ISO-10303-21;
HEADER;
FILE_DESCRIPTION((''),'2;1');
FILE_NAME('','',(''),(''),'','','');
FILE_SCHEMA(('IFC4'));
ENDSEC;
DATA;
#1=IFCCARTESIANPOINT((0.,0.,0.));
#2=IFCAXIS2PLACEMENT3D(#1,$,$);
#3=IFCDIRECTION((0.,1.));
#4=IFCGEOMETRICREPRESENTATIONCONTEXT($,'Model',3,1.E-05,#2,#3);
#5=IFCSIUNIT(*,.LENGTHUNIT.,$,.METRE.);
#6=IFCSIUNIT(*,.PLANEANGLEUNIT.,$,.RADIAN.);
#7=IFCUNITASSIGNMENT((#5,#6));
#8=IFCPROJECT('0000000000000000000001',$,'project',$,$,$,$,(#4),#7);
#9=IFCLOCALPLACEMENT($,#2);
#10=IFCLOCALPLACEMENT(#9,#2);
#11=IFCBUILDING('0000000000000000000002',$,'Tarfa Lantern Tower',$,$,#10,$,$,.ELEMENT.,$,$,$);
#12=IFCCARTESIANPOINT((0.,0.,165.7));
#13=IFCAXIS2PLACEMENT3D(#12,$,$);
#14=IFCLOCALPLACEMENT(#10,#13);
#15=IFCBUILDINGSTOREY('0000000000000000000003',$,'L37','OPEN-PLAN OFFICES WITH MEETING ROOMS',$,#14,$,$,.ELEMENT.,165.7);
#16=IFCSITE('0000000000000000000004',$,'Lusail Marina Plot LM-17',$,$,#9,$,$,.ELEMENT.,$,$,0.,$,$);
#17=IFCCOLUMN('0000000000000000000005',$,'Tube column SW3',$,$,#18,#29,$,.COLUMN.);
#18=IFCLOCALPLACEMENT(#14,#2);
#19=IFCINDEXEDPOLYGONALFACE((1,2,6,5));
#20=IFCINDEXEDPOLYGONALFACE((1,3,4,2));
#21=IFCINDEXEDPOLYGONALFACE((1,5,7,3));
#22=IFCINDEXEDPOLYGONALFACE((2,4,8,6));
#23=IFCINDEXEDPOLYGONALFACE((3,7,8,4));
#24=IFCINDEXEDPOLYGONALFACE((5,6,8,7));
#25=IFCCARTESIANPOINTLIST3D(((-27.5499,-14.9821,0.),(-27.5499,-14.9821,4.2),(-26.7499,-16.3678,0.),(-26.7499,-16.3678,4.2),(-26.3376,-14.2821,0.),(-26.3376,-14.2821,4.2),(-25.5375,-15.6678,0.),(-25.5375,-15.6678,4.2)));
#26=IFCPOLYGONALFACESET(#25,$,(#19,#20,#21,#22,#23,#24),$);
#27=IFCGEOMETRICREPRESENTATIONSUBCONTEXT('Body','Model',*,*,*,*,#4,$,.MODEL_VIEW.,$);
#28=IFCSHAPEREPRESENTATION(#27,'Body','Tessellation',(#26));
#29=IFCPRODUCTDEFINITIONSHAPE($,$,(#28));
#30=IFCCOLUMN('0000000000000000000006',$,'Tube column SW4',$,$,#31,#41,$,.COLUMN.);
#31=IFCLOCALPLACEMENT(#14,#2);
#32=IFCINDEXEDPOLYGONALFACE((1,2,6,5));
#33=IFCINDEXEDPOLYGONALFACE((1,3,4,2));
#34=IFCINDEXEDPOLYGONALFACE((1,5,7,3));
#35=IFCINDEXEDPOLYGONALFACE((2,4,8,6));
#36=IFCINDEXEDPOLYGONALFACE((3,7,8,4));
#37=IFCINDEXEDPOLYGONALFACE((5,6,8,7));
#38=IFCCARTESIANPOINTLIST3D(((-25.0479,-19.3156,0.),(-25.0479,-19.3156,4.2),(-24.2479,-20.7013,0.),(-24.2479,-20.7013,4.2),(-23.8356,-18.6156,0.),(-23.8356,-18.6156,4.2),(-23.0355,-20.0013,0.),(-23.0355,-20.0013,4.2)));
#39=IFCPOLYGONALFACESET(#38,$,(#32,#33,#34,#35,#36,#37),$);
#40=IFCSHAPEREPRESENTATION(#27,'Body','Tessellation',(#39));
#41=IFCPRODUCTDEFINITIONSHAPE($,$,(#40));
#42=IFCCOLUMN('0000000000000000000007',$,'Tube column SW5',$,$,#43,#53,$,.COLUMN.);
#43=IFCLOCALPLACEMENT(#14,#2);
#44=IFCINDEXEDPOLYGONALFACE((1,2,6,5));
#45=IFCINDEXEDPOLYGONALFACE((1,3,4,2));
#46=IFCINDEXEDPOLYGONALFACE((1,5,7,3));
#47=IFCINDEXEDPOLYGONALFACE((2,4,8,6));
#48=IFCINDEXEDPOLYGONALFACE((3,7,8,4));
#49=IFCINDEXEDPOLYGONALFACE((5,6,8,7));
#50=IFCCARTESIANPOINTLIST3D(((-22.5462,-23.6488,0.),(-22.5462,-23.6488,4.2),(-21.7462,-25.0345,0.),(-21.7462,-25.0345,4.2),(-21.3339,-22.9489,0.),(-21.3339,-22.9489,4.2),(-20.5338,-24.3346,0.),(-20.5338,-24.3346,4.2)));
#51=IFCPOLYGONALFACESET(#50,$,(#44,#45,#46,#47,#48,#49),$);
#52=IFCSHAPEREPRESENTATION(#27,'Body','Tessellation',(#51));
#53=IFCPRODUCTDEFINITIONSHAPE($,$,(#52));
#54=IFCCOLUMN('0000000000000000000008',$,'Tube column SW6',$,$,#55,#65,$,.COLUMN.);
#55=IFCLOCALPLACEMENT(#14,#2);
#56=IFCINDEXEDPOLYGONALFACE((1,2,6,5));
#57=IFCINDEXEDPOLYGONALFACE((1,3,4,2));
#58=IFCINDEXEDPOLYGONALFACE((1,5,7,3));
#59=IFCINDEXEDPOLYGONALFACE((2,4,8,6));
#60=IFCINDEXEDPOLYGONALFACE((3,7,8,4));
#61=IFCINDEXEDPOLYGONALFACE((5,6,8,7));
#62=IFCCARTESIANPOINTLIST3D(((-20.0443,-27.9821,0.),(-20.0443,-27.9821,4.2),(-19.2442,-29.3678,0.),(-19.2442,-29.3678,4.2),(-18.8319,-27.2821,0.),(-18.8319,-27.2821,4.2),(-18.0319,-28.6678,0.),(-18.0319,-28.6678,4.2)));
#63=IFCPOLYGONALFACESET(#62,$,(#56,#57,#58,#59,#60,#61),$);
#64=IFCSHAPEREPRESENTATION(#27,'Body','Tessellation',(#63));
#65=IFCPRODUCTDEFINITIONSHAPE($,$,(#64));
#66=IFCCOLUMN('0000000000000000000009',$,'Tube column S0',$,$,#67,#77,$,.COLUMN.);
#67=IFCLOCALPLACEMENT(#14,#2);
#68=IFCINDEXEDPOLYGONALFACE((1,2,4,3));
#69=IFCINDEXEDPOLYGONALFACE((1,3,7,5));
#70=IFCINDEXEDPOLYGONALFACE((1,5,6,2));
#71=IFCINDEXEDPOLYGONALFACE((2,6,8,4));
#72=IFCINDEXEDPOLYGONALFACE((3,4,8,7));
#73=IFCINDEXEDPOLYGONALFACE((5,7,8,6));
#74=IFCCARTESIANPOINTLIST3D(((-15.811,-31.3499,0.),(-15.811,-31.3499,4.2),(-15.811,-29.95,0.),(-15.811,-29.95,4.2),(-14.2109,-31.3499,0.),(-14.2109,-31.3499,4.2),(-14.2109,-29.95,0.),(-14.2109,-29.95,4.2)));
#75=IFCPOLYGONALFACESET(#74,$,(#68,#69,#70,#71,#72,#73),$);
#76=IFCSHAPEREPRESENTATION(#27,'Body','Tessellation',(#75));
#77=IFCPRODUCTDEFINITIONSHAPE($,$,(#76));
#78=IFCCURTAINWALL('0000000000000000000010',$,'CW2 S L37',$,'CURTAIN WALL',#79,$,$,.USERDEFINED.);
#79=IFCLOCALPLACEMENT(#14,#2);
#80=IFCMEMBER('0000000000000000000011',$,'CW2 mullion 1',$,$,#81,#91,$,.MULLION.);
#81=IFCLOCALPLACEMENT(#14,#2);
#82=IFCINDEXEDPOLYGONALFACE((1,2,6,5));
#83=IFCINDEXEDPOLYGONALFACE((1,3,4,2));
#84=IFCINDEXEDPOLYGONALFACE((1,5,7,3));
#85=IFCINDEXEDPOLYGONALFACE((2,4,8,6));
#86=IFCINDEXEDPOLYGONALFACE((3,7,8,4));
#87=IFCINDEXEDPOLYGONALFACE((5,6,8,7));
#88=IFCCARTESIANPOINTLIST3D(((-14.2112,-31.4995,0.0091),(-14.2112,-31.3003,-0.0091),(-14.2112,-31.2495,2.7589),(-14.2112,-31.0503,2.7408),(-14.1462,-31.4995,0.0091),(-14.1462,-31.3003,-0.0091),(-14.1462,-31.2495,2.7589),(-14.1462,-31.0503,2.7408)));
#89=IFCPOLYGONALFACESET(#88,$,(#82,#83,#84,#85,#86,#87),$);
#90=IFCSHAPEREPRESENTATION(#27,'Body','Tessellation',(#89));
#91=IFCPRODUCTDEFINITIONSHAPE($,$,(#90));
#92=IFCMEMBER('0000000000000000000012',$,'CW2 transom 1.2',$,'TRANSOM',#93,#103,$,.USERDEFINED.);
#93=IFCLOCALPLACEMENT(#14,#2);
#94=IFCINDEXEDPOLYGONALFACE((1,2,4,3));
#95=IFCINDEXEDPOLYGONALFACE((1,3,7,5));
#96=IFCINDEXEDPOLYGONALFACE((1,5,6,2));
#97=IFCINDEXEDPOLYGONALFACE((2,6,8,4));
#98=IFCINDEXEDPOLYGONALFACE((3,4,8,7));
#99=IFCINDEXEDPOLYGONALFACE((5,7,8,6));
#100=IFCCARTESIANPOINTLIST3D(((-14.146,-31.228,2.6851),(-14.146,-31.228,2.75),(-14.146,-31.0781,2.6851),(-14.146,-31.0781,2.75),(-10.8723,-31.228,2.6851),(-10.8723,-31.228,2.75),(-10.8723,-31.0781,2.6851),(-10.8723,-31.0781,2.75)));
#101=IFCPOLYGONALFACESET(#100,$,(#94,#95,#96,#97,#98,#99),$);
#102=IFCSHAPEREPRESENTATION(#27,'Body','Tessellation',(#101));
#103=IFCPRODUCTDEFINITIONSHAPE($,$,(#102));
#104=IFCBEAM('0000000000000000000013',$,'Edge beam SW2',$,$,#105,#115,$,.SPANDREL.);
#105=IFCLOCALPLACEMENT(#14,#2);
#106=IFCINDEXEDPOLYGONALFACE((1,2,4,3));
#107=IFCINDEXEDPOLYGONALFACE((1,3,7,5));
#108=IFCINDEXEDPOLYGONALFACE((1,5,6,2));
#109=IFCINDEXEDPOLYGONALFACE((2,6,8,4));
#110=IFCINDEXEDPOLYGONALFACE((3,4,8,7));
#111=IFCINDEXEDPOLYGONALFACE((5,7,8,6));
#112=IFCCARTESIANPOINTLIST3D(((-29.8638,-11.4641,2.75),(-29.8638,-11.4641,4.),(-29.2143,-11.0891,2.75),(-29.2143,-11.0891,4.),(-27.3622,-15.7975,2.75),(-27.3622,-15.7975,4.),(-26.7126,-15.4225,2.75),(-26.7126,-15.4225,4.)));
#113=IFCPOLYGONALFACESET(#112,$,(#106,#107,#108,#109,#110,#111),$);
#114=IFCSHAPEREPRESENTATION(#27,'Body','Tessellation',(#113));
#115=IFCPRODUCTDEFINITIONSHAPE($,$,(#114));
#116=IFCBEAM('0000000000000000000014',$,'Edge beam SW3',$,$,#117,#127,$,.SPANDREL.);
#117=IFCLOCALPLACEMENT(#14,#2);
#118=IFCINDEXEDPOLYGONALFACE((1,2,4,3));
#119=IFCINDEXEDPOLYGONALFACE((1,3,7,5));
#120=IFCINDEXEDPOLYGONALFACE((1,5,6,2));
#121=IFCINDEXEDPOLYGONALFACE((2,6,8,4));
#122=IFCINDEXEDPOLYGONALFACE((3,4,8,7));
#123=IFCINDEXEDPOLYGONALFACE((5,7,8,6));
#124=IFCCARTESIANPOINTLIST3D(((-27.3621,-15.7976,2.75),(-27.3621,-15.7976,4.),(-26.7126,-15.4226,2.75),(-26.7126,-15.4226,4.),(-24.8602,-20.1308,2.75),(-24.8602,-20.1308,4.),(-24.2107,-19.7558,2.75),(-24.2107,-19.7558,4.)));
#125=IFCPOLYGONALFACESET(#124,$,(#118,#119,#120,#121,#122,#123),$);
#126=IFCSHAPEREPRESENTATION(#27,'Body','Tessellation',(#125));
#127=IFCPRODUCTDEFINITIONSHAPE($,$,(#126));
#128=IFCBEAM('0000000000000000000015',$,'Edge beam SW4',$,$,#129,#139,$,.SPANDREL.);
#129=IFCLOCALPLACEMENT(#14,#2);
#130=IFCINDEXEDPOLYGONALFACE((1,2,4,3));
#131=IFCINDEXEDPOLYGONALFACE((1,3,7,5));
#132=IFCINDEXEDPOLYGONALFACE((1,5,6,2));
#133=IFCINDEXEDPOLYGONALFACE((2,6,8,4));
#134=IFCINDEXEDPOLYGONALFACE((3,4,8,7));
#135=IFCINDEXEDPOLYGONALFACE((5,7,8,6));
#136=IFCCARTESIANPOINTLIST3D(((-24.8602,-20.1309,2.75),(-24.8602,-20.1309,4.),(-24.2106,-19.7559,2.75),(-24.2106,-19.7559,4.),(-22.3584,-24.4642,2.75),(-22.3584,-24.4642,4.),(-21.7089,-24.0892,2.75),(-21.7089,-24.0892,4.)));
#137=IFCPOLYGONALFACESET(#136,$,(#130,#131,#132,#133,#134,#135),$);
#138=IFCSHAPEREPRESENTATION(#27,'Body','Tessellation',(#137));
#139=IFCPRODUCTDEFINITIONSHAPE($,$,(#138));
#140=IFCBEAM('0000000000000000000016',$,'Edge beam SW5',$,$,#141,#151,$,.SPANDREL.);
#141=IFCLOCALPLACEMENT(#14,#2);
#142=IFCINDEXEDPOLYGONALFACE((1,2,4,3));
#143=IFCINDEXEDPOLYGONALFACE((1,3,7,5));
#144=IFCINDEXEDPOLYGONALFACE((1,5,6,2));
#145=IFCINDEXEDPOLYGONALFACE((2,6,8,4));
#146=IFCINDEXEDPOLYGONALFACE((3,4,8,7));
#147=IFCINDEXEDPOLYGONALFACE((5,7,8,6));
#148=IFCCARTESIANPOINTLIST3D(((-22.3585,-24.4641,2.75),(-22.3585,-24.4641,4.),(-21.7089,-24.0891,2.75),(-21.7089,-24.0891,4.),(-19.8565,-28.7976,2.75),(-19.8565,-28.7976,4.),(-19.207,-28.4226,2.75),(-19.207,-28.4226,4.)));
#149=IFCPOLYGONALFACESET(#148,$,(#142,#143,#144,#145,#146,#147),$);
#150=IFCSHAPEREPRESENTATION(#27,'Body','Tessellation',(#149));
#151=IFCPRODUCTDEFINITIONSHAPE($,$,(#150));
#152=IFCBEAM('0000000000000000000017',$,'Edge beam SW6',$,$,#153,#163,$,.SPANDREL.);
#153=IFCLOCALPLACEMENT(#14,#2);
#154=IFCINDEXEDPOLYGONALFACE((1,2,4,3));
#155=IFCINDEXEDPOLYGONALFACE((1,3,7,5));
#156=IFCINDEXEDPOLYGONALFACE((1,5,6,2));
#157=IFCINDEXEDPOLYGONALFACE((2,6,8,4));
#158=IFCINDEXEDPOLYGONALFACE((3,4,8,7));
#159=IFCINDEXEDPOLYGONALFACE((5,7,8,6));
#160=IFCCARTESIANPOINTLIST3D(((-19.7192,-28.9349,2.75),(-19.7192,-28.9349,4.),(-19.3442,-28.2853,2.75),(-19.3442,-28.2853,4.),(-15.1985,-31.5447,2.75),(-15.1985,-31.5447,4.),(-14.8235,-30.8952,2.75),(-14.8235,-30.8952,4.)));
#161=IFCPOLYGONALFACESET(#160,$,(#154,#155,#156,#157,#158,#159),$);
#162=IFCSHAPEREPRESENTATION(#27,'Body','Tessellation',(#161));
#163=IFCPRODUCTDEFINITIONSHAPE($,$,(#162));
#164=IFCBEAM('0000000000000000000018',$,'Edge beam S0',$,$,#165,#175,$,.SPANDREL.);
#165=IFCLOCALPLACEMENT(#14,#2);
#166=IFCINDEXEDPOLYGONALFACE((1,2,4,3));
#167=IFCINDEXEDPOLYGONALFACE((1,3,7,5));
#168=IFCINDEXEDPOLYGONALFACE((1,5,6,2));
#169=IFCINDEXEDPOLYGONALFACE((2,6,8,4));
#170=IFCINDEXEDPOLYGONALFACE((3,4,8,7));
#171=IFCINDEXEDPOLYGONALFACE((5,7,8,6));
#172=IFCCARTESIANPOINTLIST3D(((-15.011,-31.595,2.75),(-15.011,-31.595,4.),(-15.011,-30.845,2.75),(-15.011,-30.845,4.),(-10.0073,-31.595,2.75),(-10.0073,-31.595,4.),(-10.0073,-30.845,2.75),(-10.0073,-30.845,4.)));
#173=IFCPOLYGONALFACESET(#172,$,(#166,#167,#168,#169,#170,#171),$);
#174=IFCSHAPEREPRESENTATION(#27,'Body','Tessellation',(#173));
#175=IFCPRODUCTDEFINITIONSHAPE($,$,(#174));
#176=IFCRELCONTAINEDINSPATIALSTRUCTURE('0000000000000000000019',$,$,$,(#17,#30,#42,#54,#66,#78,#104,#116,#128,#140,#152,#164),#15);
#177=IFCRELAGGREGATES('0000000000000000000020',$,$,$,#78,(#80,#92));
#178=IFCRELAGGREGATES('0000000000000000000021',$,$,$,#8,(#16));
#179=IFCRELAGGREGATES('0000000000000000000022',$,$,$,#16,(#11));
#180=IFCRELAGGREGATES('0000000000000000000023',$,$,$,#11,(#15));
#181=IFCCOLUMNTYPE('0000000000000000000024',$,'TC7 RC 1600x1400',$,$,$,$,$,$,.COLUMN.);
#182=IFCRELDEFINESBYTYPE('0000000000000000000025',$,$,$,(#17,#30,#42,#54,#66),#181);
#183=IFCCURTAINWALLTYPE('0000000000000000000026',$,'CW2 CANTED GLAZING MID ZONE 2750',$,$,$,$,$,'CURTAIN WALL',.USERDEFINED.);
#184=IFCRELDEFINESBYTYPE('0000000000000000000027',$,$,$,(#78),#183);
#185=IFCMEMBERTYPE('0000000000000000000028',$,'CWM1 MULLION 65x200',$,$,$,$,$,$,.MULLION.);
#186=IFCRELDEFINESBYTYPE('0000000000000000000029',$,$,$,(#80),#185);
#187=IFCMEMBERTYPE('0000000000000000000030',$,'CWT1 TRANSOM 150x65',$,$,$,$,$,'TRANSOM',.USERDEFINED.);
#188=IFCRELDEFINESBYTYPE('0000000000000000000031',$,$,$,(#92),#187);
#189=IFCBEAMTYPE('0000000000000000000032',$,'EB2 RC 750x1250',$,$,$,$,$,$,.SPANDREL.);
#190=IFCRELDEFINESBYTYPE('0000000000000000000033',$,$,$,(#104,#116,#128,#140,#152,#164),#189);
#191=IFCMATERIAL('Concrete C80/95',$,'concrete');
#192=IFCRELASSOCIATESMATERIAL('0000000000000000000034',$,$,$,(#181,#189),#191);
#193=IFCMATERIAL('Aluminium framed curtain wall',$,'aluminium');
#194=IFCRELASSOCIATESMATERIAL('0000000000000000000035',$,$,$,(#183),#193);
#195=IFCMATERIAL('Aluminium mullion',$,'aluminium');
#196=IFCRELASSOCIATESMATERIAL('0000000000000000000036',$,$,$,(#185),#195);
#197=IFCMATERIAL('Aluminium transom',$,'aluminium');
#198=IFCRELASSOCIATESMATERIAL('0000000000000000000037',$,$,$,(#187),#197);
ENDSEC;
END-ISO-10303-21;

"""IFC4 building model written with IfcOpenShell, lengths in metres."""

from ifc_helpers import new_model, si_unit, direction, frame, origin, origin_2d, place, context, subcontext, project, spatial, rectangle, extrude, material, material_profile, profile_set, type_object, element, aggregate, save


model = new_model("IFC4")

# Units and contexts
model_context = context("Model", 3, precision=1e-05, world=origin(), true_north=direction((0.0, 1.0)))
body_context = subcontext(model_context, "Body", "Model", "MODEL_VIEW")
ifc_project = project(units=[si_unit("LENGTHUNIT", "METRE"), si_unit("PLANEANGLEUNIT", "RADIAN")], contexts=[model_context])

# Site, building, storey
site_placement = place(None, origin())
site = spatial("IfcSite", under=ifc_project, at=site_placement, Name="Lusail Marina Plot LM-17", CompositionType="ELEMENT", RefElevation=0.0)
building_placement = place(site_placement, origin())
building = spatial("IfcBuilding", under=site, at=building_placement, Name="Tarfa Lantern Tower", CompositionType="ELEMENT")
storey_placement = place(building_placement, frame((0.0, 0.0, 165.7)))
storey = spatial("IfcBuildingStorey", under=building, at=storey_placement, Name="L37", Description="OPEN-PLAN OFFICES WITH MEETING ROOMS", CompositionType="ELEMENT", Elevation=165.7)

# Columns
ifc_material_1 = material(Name="Concrete C80/95", Category="concrete")
ifc_material_profile_1 = material_profile(ifc_material_1, rectangle(XDim=1.6001, YDim=1.3999, at=origin_2d()), Name="RC 1600x1400")
ifc_profile_set_1 = profile_set([ifc_material_profile_1], Name="Concrete C80/95")
column_type = type_object("IfcColumnType", Name="TC7 RC 1600x1400", PredefinedType="COLUMN", material=ifc_profile_set_1)
for number, where, z_axis, x_axis, name in (
    (1, (-26.5437, -15.325, 0.0), (0.0, 0.0, 1.0), (0.5, -0.866025, 0.0), "Tube column SW3"),
    (2, (-24.0417, -19.6584, 0.0), (0.0, 0.0, 1.0), (0.5, -0.866025, 0.0), "Tube column SW4"),
    (3, (-21.54, -23.9917, 0.0), (0.0, 0.0, 1.0), (0.5, -0.866025, 0.0), "Tube column SW5"),
    (4, (-19.0381, -28.325, 0.0), (0.0, 0.0, 1.0), (0.5, -0.866025, 0.0), "Tube column SW6"),
    (5, (-15.011, -30.6499, 0.0), (0.0, 0.0, 1.0), (1.0, 0.0, 0.0), "Tube column S0"),
):
    element("IfcColumn", number, at=place(storey_placement, frame(where, z_axis=z_axis, x_axis=x_axis)), inside=storey, type_object=column_type, Name=name, PredefinedType="COLUMN", context=body_context, shape_type="SweptSolid", body=[
        extrude(rectangle(XDim=1.6001, YDim=1.3999, at=origin_2d()), origin(), (0.0, 0.0, 1.0), 4.2),
    ])

# Curtain wall, members
ifc_material_2 = material(Name="Aluminium framed curtain wall", Category="aluminium")
curtain_wall_type = type_object("IfcCurtainWallType", Name="CW2 CANTED GLAZING MID ZONE 2750", ElementType="CURTAIN WALL", PredefinedType="USERDEFINED", material=ifc_material_2)
curtain_wall_placement = place(storey_placement, origin())
curtain_wall = element("IfcCurtainWall", 6, at=curtain_wall_placement, inside=storey, type_object=curtain_wall_type, Name="CW2 S L37", ObjectType="CURTAIN WALL", PredefinedType="USERDEFINED")
ifc_material_3 = material(Name="Aluminium mullion", Category="aluminium")
ifc_material_profile_2 = material_profile(ifc_material_3, rectangle(XDim=0.0649, YDim=0.2, at=origin_2d()), Name="AL MULLION 65x200")
ifc_profile_set_2 = profile_set([ifc_material_profile_2], Name="Aluminium mullion")
member_type_1 = type_object("IfcMemberType", Name="CWM1 MULLION 65x200", PredefinedType="MULLION", material=ifc_profile_set_2)
member_1_placement = place(storey_placement, frame((-14.1787, -31.3999, 0.0), z_axis=(0.0, 0.090536, 0.995893), x_axis=(-1.0, 0.0, 0.0)))
member_1 = element("IfcMember", 7, at=member_1_placement, type_object=member_type_1, Name="CW2 mullion 1", PredefinedType="MULLION", context=body_context, shape_type="SweptSolid", body=[
    extrude(rectangle(XDim=0.0649, YDim=0.2, at=origin_2d()), origin(), (0.0, 0.0, 1.0), 2.7612),
])
ifc_material_4 = material(Name="Aluminium transom", Category="aluminium")
ifc_material_profile_3 = material_profile(ifc_material_4, rectangle(XDim=0.1499, YDim=0.0649, at=origin_2d()), Name="AL TRANSOM 150x65")
ifc_profile_set_3 = profile_set([ifc_material_profile_3], Name="Aluminium transom")
member_type_2 = type_object("IfcMemberType", Name="CWT1 TRANSOM 150x65", ElementType="TRANSOM", PredefinedType="USERDEFINED", material=ifc_profile_set_3)
member_2_placement = place(storey_placement, frame((-14.146, -31.1531, 2.7175), z_axis=(1.0, 0.0, 0.0), x_axis=(0.0, 1.0, 0.0)))
member_2 = element("IfcMember", 8, at=member_2_placement, type_object=member_type_2, Name="CW2 transom 1.2", ObjectType="TRANSOM", PredefinedType="USERDEFINED", context=body_context, shape_type="SweptSolid", body=[
    extrude(rectangle(XDim=0.1499, YDim=0.0649, at=origin_2d()), origin(), (0.0, 0.0, 1.0), 3.2737),
])

# Beams
ifc_material_profile_4 = material_profile(ifc_material_1, rectangle(XDim=0.75, YDim=1.25, at=origin_2d()), Name="RC 750x1250")
ifc_profile_set_4 = profile_set([ifc_material_profile_4], Name="Concrete C80/95")
beam_type_1 = type_object("IfcBeamType", Name="EB2 RC 750x1250", PredefinedType="SPANDREL", material=ifc_profile_set_4)
for number, where, z_axis, x_axis, name in (
    (9, (-29.5391, -11.2766, 3.375), (0.499965, -0.866046, 0.0), (0.866046, 0.499965, 0.0), "Edge beam SW2"),
    (10, (-27.0374, -15.6101, 3.375), (0.500022, -0.866013, 0.0), (0.866013, 0.500022, 0.0), "Edge beam SW3"),
    (11, (-24.5354, -19.9434, 3.375), (0.499986, -0.866034, 0.0), (0.866034, 0.499986, 0.0), "Edge beam SW4"),
):
    element("IfcBeam", number, at=place(storey_placement, frame(where, z_axis=z_axis, x_axis=x_axis)), inside=storey, type_object=beam_type_1, Name=name, PredefinedType="SPANDREL", context=body_context, shape_type="SweptSolid", body=[
        extrude(rectangle(XDim=0.75, YDim=1.25, at=origin_2d()), origin(), (0.0, 0.0, 1.0), 5.0037),
    ])
beam_1_placement = place(storey_placement, frame((-22.0337, -24.2766, 3.375), z_axis=(0.500001, -0.866025, 0.0), x_axis=(0.866025, 0.500001, 0.0)))
element("IfcBeam", 12, at=beam_1_placement, inside=storey, type_object=beam_type_1, Name="Edge beam SW5", PredefinedType="SPANDREL", context=body_context, shape_type="SweptSolid", body=[
    extrude(rectangle(XDim=0.75, YDim=1.25, at=origin_2d()), origin(), (0.0, 0.0, 1.0), 5.0039),
])
beam_2_placement = place(storey_placement, frame((-19.5317, -28.6101, 3.375), z_axis=(0.866042, -0.499972, 0.0), x_axis=(0.499972, 0.866042, 0.0)))
element("IfcBeam", 13, at=beam_2_placement, inside=storey, type_object=beam_type_1, Name="Edge beam SW6", PredefinedType="SPANDREL", context=body_context, shape_type="SweptSolid", body=[
    extrude(rectangle(XDim=0.75, YDim=1.25, at=origin_2d()), origin(), (0.0, 0.0, 1.0), 5.22),
])
beam_3_placement = place(storey_placement, frame((-15.011, -31.22, 3.375), z_axis=(1.0, 0.0, 0.0), x_axis=(0.0, 1.0, 0.0)))
element("IfcBeam", 14, at=beam_3_placement, inside=storey, type_object=beam_type_1, Name="Edge beam S0", PredefinedType="SPANDREL", context=body_context, shape_type="SweptSolid", body=[
    extrude(rectangle(XDim=0.75, YDim=1.25, at=origin_2d()), origin(), (0.0, 0.0, 1.0), 5.0037),
])

aggregate(curtain_wall, [member_1, member_2])

save(model, "model.ifc")
